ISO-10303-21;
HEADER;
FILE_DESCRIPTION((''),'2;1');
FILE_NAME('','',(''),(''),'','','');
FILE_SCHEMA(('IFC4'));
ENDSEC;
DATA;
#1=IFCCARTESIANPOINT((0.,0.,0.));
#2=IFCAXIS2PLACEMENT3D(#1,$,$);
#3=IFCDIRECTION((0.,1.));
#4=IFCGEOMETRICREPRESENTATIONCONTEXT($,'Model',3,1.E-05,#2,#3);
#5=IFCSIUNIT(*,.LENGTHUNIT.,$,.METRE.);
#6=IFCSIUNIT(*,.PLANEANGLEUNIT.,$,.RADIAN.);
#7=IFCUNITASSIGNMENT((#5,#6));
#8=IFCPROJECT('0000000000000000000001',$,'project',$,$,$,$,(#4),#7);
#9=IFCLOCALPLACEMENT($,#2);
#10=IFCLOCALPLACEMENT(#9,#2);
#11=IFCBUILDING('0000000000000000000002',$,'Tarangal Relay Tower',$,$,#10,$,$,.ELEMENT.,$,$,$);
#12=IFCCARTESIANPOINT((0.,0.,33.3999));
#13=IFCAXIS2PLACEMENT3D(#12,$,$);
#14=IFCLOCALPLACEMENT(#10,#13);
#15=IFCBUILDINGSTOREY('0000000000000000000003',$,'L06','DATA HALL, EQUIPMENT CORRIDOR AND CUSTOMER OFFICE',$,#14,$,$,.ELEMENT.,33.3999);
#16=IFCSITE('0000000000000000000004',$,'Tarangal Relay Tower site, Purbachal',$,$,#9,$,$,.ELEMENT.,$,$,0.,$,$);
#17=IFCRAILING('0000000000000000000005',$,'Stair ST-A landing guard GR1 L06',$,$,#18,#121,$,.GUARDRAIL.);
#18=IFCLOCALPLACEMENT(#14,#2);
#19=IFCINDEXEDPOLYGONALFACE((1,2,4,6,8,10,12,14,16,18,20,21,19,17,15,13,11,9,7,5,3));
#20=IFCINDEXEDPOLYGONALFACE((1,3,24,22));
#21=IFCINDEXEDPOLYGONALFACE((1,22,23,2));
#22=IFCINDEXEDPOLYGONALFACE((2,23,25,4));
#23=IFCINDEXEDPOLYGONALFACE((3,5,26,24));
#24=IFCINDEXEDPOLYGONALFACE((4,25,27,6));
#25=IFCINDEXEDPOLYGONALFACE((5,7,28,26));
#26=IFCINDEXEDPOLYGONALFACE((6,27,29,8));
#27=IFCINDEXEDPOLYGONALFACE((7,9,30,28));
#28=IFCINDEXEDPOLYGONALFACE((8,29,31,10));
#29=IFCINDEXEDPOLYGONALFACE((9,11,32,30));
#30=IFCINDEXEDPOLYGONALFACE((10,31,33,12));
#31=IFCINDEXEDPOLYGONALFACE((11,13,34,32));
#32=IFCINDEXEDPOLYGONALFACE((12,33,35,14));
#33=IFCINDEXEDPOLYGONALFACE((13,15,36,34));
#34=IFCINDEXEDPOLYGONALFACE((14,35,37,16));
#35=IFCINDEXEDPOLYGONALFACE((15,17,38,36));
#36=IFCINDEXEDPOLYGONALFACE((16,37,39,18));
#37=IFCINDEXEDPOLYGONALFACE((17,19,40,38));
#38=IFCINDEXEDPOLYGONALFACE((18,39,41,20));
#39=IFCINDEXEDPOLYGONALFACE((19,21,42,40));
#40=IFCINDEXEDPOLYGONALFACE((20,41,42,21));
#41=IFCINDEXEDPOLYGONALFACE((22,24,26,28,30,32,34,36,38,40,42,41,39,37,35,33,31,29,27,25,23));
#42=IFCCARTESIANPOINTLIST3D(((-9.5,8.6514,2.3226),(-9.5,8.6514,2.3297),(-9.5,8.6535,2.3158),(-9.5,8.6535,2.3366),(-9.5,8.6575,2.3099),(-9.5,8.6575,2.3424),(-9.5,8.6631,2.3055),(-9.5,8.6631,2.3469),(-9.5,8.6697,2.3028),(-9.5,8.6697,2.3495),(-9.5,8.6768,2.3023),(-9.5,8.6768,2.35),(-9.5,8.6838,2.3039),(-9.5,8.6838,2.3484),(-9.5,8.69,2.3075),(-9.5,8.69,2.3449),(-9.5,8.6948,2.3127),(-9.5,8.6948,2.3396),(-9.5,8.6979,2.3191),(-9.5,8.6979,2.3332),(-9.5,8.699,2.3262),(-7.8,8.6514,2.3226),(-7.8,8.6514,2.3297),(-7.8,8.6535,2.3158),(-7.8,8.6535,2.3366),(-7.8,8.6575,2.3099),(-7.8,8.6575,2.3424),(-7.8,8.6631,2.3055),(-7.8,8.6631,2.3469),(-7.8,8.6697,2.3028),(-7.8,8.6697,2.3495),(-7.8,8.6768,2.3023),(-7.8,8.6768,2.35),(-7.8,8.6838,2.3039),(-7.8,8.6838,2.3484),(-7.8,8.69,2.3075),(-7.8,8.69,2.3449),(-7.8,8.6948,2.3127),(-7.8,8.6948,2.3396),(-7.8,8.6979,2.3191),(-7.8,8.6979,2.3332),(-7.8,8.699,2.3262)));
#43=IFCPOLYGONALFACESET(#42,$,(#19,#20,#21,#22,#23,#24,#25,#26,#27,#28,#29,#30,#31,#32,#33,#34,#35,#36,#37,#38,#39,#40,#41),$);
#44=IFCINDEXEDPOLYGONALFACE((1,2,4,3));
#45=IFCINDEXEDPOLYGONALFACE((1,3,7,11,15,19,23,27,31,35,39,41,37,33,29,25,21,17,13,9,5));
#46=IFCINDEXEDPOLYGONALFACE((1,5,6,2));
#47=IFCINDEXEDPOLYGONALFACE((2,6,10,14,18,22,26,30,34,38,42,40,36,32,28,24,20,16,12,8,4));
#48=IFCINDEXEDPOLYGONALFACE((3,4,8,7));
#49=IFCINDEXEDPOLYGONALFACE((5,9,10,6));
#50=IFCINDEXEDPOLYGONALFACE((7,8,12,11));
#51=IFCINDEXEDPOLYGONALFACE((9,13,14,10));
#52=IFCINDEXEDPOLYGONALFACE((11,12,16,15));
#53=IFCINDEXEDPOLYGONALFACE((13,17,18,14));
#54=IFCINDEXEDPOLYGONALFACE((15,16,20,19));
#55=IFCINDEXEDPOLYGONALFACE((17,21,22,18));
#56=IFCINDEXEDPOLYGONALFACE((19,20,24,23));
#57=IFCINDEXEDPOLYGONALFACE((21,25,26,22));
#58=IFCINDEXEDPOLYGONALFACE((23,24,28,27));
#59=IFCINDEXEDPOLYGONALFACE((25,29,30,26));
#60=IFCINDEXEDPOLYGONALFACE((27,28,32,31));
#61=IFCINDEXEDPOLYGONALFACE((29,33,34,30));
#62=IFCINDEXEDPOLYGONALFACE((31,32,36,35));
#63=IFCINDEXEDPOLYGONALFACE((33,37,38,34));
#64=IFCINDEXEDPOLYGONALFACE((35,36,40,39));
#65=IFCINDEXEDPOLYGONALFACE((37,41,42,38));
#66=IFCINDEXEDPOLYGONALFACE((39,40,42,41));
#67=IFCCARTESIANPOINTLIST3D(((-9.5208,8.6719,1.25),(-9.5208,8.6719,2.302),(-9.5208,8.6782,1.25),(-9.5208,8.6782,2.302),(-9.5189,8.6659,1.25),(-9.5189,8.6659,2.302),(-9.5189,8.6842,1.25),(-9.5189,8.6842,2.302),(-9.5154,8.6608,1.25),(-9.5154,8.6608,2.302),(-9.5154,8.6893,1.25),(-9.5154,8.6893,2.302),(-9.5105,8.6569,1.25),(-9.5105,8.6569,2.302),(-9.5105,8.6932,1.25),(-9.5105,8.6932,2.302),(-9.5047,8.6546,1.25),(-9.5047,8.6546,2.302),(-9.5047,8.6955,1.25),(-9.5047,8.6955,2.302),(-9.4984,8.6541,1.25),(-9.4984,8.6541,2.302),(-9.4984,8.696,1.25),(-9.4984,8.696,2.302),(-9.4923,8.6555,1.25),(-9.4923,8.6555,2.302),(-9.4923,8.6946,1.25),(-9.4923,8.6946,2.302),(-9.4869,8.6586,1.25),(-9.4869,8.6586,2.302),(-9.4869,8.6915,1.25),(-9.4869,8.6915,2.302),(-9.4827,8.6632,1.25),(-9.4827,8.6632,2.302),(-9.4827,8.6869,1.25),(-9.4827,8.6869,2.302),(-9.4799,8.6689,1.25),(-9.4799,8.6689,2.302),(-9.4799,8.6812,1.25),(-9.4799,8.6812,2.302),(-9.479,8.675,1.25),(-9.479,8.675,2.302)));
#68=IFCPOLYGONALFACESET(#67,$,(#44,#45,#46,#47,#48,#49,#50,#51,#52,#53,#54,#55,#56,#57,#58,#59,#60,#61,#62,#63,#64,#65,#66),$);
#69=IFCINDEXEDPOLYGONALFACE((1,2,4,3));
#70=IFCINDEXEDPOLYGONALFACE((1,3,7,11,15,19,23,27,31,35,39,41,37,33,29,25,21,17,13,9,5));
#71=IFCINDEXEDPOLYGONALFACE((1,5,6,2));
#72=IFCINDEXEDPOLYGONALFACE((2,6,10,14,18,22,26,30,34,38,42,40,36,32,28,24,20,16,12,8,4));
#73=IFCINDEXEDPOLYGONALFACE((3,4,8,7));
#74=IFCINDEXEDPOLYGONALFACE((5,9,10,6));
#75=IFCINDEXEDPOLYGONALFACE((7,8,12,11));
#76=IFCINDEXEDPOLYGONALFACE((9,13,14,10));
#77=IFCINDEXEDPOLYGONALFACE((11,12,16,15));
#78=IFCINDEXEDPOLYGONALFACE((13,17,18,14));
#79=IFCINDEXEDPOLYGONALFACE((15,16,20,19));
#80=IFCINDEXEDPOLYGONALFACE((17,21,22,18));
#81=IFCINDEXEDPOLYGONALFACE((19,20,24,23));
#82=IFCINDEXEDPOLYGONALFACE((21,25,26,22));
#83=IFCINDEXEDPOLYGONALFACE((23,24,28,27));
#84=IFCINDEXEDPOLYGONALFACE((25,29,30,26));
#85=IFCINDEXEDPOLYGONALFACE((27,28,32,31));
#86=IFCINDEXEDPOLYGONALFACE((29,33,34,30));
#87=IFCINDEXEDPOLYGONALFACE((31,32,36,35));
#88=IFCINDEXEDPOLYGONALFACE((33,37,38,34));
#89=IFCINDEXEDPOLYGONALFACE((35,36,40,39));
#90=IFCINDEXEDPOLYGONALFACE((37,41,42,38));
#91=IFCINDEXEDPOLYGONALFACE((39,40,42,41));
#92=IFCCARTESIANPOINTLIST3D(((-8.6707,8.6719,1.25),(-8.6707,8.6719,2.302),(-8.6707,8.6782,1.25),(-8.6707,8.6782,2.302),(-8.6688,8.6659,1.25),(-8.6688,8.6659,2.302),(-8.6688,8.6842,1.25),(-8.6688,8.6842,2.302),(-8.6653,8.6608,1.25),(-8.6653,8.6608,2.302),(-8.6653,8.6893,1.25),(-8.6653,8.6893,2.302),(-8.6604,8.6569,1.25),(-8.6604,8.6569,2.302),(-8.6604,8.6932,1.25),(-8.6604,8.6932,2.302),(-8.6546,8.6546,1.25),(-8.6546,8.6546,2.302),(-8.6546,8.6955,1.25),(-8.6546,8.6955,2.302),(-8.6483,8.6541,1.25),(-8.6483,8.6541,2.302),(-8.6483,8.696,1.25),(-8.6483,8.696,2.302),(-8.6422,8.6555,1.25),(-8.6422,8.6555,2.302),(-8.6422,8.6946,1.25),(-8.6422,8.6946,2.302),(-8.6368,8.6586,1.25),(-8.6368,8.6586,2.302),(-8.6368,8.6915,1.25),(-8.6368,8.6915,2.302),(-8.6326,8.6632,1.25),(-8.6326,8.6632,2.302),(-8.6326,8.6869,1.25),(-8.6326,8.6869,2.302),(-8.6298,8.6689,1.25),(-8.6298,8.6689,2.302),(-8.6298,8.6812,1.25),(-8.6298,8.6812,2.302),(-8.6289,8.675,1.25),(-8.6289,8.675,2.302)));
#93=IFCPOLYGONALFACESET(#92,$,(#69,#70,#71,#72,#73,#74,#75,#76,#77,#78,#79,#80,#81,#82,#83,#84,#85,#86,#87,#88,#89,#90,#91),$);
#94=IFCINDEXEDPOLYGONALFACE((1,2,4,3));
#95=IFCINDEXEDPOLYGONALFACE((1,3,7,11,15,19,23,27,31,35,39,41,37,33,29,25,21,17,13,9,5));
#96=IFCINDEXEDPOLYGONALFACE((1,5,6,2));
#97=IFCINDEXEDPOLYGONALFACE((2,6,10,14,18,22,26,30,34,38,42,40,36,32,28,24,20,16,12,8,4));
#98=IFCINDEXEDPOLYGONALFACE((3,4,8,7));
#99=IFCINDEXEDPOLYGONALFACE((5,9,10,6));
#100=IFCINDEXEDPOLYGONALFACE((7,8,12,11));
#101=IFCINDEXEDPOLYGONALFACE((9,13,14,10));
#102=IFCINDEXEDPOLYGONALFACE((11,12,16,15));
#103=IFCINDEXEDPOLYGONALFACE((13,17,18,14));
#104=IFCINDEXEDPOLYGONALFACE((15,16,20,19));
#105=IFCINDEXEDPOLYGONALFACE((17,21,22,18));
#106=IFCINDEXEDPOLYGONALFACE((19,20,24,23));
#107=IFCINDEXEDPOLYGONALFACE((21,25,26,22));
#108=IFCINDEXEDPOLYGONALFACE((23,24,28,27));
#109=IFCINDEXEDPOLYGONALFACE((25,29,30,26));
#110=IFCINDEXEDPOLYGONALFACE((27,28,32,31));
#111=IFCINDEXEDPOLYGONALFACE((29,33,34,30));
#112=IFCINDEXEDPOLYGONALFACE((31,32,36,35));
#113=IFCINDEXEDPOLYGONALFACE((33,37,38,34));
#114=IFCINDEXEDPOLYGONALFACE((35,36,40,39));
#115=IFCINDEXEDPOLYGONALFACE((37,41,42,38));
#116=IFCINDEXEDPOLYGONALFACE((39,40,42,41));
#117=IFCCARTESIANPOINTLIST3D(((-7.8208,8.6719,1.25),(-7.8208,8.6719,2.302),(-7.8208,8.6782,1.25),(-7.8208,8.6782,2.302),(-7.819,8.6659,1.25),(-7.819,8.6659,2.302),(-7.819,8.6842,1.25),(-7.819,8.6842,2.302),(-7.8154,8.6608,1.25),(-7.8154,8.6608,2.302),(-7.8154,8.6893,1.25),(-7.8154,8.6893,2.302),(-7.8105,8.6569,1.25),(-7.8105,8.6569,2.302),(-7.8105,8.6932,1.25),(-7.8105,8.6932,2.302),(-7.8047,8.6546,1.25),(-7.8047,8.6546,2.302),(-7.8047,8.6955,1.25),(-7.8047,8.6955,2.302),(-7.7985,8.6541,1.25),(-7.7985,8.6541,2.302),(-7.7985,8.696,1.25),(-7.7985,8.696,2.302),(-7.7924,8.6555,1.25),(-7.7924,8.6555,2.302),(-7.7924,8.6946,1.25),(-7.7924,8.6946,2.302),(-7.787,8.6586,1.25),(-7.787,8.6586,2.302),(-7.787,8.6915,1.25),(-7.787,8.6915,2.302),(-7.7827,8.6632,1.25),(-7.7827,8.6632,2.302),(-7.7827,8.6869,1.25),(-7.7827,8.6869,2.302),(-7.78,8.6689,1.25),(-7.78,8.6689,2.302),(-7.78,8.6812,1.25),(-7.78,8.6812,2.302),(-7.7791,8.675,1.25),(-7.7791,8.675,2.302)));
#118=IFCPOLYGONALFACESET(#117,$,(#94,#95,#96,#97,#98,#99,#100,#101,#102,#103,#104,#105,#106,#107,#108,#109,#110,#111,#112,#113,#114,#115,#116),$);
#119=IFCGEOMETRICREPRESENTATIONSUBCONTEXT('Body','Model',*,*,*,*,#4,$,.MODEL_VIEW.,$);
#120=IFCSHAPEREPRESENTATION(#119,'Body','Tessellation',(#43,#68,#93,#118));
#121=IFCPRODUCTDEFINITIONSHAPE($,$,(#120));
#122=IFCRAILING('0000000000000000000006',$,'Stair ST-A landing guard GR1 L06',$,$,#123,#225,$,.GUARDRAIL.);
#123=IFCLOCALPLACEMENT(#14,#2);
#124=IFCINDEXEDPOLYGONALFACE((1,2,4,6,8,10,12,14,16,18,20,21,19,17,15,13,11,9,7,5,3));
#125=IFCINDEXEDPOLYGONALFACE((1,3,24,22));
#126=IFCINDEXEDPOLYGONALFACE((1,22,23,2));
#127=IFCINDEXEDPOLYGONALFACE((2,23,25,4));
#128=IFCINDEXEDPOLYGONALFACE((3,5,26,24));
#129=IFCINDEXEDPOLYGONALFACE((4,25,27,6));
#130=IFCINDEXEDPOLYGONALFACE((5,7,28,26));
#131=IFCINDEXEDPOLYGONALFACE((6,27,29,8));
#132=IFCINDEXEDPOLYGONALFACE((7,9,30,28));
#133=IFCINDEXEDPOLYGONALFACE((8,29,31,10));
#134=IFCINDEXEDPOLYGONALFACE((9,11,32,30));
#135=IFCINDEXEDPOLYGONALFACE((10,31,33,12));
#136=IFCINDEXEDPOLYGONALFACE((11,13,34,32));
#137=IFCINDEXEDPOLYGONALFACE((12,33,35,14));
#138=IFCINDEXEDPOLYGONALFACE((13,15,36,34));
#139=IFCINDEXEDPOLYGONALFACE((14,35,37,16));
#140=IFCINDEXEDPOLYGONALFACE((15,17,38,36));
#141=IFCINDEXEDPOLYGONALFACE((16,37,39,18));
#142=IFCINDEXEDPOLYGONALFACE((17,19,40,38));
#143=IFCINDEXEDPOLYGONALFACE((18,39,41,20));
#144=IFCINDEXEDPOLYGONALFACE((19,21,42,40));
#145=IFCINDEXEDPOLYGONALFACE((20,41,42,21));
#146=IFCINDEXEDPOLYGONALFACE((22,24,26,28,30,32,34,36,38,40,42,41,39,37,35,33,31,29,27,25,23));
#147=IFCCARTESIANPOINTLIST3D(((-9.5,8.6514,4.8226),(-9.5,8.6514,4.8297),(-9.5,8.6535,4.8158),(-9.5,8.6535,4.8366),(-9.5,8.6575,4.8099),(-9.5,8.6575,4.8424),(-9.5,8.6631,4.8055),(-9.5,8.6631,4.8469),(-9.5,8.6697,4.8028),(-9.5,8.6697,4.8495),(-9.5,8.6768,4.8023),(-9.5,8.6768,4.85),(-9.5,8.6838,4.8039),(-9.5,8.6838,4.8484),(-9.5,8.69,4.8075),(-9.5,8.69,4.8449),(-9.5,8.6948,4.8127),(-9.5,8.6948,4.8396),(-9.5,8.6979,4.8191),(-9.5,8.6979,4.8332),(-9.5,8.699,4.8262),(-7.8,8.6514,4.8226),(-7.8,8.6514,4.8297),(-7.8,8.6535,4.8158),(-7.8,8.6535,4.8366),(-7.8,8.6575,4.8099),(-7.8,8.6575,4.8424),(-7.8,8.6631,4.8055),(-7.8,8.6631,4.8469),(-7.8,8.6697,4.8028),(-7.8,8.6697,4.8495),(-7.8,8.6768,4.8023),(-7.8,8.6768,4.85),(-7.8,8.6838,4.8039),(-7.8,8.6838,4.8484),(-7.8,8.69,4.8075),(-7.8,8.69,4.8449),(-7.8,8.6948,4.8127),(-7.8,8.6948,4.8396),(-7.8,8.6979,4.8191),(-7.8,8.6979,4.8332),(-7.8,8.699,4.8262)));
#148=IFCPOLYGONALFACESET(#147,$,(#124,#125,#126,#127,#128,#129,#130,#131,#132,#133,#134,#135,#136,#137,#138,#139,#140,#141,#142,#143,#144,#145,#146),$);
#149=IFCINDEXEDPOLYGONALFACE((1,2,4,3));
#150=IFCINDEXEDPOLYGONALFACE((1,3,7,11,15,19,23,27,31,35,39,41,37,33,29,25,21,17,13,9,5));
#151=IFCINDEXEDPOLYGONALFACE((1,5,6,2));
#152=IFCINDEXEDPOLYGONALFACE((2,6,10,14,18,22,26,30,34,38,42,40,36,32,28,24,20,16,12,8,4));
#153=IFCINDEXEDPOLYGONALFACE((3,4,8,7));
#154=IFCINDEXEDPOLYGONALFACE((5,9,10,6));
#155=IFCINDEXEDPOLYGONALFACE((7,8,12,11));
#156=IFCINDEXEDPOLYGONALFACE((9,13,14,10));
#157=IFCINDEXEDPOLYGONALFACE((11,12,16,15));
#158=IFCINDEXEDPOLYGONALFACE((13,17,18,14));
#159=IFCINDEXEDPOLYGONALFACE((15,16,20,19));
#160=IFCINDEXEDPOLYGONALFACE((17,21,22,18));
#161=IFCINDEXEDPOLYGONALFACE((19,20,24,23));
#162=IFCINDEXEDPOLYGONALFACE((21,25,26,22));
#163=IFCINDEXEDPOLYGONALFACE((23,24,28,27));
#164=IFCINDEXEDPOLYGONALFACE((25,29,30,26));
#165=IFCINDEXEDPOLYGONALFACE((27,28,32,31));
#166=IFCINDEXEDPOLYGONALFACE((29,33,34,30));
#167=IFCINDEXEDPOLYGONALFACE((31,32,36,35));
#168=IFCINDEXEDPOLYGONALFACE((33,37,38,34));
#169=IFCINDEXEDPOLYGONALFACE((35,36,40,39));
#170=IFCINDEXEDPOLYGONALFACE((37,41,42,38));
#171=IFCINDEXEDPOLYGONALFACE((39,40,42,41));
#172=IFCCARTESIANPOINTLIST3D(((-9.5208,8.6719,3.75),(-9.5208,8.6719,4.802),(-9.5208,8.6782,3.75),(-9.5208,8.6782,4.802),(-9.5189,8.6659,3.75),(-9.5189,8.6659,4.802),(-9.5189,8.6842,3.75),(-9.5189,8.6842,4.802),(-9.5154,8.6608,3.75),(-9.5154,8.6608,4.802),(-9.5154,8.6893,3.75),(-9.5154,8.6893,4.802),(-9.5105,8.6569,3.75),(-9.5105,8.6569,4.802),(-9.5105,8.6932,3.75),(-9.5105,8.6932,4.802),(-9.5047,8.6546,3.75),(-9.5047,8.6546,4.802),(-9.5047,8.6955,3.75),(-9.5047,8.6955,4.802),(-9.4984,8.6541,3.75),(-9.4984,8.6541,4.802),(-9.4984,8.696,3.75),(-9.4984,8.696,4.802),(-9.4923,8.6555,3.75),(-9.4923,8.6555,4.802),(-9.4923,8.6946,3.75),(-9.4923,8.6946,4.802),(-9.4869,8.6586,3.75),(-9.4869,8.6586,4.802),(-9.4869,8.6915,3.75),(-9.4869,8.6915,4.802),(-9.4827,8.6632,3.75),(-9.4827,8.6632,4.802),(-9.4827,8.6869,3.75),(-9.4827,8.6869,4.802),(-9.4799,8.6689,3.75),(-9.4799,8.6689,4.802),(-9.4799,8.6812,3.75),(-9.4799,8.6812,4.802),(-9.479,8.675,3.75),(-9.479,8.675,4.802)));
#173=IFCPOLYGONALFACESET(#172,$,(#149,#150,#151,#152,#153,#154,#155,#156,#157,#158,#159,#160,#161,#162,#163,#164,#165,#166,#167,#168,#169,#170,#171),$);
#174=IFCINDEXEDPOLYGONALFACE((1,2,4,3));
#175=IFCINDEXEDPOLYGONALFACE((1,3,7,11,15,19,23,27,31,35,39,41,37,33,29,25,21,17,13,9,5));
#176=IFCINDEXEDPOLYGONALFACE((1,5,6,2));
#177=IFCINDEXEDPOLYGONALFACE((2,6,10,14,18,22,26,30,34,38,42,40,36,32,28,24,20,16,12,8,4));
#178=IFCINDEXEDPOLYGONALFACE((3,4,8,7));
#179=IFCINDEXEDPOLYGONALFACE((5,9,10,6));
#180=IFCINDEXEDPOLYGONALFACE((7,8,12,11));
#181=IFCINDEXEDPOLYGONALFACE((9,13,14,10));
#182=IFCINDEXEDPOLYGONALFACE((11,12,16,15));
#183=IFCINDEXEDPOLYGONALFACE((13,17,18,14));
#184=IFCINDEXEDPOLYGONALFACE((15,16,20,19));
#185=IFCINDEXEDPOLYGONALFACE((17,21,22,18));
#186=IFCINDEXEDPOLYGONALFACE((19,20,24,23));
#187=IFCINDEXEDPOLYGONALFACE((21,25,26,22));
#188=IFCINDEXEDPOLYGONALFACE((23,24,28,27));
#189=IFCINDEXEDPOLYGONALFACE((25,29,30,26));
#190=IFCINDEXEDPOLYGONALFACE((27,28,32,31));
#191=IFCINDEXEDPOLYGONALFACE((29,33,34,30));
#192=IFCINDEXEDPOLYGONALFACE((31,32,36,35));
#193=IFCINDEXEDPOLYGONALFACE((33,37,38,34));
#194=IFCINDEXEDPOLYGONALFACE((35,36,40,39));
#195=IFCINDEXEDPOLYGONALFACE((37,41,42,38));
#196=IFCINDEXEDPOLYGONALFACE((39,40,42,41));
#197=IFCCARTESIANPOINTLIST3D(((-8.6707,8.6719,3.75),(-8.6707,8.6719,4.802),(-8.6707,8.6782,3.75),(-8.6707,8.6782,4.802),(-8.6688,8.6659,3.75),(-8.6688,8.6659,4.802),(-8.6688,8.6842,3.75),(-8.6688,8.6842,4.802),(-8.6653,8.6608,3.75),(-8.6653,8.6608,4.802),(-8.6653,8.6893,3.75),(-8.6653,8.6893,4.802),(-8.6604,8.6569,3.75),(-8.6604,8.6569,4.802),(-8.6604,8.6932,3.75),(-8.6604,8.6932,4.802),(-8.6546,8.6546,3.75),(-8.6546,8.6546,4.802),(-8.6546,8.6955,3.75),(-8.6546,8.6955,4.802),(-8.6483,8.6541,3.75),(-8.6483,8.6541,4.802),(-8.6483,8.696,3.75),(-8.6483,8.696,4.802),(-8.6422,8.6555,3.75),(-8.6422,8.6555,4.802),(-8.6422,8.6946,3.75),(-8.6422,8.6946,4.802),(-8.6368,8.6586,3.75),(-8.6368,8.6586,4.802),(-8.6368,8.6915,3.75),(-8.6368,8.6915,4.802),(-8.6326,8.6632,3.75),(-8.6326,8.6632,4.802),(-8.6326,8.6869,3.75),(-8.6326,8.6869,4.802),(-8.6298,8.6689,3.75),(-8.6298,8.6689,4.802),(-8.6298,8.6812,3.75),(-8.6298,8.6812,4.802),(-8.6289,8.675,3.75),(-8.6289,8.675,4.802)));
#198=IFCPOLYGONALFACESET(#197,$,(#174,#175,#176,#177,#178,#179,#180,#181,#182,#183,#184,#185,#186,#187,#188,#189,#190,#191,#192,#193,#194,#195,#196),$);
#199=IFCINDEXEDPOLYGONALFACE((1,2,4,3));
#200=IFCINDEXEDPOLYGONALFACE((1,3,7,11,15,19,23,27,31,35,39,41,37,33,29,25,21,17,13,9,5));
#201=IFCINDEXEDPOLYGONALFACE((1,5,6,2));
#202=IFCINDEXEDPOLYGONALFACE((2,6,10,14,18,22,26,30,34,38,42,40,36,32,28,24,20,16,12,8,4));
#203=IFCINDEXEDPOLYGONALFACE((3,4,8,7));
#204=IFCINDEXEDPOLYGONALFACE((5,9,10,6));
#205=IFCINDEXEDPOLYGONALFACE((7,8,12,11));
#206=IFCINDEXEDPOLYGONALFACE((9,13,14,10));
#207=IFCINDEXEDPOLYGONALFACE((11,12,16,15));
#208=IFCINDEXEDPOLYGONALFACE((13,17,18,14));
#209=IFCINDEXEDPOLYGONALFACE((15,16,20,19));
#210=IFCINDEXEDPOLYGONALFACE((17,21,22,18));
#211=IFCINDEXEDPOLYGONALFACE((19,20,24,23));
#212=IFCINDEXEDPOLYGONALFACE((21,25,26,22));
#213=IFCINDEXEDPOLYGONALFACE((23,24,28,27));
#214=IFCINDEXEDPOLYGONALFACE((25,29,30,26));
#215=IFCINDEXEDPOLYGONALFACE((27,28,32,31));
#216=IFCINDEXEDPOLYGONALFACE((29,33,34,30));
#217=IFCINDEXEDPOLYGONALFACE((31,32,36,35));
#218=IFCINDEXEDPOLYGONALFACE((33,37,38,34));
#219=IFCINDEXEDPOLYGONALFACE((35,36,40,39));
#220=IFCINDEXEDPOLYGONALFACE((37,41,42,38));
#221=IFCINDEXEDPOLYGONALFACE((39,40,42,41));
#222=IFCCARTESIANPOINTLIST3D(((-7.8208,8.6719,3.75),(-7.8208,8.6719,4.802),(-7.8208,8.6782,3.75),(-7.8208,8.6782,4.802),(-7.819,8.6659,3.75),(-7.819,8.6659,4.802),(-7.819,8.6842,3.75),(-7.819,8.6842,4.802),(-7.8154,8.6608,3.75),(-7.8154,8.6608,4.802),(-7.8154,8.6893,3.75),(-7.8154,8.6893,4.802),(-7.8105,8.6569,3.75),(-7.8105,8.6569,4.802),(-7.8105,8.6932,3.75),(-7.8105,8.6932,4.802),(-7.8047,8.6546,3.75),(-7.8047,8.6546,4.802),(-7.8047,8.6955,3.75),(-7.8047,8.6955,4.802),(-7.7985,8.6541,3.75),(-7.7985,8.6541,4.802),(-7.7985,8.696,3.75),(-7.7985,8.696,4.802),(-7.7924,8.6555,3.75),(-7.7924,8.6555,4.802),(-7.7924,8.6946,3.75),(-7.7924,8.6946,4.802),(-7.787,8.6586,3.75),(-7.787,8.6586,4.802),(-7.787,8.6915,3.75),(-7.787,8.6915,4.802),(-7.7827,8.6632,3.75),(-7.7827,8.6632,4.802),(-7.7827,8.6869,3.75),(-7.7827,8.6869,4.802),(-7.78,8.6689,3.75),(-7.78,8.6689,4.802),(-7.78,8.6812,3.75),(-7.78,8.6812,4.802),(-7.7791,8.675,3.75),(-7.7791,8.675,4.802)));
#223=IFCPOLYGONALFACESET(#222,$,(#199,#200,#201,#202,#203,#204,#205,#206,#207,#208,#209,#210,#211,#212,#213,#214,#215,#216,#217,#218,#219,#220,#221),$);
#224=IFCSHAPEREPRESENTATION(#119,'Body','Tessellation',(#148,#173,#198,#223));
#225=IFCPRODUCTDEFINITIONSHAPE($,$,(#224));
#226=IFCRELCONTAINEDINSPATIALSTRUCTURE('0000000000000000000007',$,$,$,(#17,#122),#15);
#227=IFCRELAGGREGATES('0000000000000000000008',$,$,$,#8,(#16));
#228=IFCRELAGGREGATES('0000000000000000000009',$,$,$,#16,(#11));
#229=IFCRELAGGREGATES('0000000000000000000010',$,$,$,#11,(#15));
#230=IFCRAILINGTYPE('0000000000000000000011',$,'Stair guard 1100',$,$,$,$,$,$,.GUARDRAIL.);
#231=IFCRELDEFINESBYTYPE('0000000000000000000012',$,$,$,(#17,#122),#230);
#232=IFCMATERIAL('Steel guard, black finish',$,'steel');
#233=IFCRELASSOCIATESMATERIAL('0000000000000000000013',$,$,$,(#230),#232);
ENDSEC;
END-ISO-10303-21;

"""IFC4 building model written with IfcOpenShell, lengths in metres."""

from ifc_helpers import new_model, si_unit, direction, frame, origin, origin_2d, place, context, subcontext, project, spatial, circle, extrude, material, type_object, element, save


model = new_model("IFC4")

# Units and contexts
model_context = context("Model", 3, precision=1e-05, world=origin(), true_north=direction((0.0, 1.0)))
body_context = subcontext(model_context, "Body", "Model", "MODEL_VIEW")
ifc_project = project(units=[si_unit("LENGTHUNIT", "METRE"), si_unit("PLANEANGLEUNIT", "RADIAN")], contexts=[model_context])

# Site, building, storey
site_placement = place(None, origin())
site = spatial("IfcSite", under=ifc_project, at=site_placement, Name="Tarangal Relay Tower site, Purbachal", CompositionType="ELEMENT", RefElevation=0.0)
building_placement = place(site_placement, origin())
building = spatial("IfcBuilding", under=site, at=building_placement, Name="Tarangal Relay Tower", CompositionType="ELEMENT")
storey_placement = place(building_placement, frame((0.0, 0.0, 33.3999)))
storey = spatial("IfcBuildingStorey", under=building, at=storey_placement, Name="L06", Description="DATA HALL, EQUIPMENT CORRIDOR AND CUSTOMER OFFICE", CompositionType="ELEMENT", Elevation=33.3999)

# Railings
ifc_material_1 = material(Name="Steel guard, black finish", Category="steel")
railing_type_1 = type_object("IfcRailingType", Name="Stair guard 1100", PredefinedType="GUARDRAIL", material=ifc_material_1)
for number, where, name in (
    (1, (-9.5, 8.675, 1.25), "Stair ST-A landing guard GR1 L06"),
    (2, (-9.5, 8.675, 3.75), "Stair ST-A landing guard GR1 L06"),
):
    element("IfcRailing", number, at=place(storey_placement, frame(where)), inside=storey, type_object=railing_type_1, Name=name, PredefinedType="GUARDRAIL", context=body_context, shape_type="SweptSolid", body=[
        extrude(circle(Radius=0.0239, at=origin_2d()), frame((0.0, 0.0, 1.0762), z_axis=(1.0, 0.0, 0.0), x_axis=(0.0, 1.0, 0.0)), (0.0, 0.0, 1.0), 1.7),
        extrude(circle(Radius=0.021, at=origin_2d()), origin(), (0.0, 0.0, 1.0), 1.052),
        extrude(circle(Radius=0.021, at=origin_2d()), frame((0.8501, 0.0, 0.0)), (0.0, 0.0, 1.0), 1.052),
        extrude(circle(Radius=0.021, at=origin_2d()), frame((1.7, 0.0, 0.0)), (0.0, 0.0, 1.0), 1.052),
    ])

save(model, "model.ifc")
